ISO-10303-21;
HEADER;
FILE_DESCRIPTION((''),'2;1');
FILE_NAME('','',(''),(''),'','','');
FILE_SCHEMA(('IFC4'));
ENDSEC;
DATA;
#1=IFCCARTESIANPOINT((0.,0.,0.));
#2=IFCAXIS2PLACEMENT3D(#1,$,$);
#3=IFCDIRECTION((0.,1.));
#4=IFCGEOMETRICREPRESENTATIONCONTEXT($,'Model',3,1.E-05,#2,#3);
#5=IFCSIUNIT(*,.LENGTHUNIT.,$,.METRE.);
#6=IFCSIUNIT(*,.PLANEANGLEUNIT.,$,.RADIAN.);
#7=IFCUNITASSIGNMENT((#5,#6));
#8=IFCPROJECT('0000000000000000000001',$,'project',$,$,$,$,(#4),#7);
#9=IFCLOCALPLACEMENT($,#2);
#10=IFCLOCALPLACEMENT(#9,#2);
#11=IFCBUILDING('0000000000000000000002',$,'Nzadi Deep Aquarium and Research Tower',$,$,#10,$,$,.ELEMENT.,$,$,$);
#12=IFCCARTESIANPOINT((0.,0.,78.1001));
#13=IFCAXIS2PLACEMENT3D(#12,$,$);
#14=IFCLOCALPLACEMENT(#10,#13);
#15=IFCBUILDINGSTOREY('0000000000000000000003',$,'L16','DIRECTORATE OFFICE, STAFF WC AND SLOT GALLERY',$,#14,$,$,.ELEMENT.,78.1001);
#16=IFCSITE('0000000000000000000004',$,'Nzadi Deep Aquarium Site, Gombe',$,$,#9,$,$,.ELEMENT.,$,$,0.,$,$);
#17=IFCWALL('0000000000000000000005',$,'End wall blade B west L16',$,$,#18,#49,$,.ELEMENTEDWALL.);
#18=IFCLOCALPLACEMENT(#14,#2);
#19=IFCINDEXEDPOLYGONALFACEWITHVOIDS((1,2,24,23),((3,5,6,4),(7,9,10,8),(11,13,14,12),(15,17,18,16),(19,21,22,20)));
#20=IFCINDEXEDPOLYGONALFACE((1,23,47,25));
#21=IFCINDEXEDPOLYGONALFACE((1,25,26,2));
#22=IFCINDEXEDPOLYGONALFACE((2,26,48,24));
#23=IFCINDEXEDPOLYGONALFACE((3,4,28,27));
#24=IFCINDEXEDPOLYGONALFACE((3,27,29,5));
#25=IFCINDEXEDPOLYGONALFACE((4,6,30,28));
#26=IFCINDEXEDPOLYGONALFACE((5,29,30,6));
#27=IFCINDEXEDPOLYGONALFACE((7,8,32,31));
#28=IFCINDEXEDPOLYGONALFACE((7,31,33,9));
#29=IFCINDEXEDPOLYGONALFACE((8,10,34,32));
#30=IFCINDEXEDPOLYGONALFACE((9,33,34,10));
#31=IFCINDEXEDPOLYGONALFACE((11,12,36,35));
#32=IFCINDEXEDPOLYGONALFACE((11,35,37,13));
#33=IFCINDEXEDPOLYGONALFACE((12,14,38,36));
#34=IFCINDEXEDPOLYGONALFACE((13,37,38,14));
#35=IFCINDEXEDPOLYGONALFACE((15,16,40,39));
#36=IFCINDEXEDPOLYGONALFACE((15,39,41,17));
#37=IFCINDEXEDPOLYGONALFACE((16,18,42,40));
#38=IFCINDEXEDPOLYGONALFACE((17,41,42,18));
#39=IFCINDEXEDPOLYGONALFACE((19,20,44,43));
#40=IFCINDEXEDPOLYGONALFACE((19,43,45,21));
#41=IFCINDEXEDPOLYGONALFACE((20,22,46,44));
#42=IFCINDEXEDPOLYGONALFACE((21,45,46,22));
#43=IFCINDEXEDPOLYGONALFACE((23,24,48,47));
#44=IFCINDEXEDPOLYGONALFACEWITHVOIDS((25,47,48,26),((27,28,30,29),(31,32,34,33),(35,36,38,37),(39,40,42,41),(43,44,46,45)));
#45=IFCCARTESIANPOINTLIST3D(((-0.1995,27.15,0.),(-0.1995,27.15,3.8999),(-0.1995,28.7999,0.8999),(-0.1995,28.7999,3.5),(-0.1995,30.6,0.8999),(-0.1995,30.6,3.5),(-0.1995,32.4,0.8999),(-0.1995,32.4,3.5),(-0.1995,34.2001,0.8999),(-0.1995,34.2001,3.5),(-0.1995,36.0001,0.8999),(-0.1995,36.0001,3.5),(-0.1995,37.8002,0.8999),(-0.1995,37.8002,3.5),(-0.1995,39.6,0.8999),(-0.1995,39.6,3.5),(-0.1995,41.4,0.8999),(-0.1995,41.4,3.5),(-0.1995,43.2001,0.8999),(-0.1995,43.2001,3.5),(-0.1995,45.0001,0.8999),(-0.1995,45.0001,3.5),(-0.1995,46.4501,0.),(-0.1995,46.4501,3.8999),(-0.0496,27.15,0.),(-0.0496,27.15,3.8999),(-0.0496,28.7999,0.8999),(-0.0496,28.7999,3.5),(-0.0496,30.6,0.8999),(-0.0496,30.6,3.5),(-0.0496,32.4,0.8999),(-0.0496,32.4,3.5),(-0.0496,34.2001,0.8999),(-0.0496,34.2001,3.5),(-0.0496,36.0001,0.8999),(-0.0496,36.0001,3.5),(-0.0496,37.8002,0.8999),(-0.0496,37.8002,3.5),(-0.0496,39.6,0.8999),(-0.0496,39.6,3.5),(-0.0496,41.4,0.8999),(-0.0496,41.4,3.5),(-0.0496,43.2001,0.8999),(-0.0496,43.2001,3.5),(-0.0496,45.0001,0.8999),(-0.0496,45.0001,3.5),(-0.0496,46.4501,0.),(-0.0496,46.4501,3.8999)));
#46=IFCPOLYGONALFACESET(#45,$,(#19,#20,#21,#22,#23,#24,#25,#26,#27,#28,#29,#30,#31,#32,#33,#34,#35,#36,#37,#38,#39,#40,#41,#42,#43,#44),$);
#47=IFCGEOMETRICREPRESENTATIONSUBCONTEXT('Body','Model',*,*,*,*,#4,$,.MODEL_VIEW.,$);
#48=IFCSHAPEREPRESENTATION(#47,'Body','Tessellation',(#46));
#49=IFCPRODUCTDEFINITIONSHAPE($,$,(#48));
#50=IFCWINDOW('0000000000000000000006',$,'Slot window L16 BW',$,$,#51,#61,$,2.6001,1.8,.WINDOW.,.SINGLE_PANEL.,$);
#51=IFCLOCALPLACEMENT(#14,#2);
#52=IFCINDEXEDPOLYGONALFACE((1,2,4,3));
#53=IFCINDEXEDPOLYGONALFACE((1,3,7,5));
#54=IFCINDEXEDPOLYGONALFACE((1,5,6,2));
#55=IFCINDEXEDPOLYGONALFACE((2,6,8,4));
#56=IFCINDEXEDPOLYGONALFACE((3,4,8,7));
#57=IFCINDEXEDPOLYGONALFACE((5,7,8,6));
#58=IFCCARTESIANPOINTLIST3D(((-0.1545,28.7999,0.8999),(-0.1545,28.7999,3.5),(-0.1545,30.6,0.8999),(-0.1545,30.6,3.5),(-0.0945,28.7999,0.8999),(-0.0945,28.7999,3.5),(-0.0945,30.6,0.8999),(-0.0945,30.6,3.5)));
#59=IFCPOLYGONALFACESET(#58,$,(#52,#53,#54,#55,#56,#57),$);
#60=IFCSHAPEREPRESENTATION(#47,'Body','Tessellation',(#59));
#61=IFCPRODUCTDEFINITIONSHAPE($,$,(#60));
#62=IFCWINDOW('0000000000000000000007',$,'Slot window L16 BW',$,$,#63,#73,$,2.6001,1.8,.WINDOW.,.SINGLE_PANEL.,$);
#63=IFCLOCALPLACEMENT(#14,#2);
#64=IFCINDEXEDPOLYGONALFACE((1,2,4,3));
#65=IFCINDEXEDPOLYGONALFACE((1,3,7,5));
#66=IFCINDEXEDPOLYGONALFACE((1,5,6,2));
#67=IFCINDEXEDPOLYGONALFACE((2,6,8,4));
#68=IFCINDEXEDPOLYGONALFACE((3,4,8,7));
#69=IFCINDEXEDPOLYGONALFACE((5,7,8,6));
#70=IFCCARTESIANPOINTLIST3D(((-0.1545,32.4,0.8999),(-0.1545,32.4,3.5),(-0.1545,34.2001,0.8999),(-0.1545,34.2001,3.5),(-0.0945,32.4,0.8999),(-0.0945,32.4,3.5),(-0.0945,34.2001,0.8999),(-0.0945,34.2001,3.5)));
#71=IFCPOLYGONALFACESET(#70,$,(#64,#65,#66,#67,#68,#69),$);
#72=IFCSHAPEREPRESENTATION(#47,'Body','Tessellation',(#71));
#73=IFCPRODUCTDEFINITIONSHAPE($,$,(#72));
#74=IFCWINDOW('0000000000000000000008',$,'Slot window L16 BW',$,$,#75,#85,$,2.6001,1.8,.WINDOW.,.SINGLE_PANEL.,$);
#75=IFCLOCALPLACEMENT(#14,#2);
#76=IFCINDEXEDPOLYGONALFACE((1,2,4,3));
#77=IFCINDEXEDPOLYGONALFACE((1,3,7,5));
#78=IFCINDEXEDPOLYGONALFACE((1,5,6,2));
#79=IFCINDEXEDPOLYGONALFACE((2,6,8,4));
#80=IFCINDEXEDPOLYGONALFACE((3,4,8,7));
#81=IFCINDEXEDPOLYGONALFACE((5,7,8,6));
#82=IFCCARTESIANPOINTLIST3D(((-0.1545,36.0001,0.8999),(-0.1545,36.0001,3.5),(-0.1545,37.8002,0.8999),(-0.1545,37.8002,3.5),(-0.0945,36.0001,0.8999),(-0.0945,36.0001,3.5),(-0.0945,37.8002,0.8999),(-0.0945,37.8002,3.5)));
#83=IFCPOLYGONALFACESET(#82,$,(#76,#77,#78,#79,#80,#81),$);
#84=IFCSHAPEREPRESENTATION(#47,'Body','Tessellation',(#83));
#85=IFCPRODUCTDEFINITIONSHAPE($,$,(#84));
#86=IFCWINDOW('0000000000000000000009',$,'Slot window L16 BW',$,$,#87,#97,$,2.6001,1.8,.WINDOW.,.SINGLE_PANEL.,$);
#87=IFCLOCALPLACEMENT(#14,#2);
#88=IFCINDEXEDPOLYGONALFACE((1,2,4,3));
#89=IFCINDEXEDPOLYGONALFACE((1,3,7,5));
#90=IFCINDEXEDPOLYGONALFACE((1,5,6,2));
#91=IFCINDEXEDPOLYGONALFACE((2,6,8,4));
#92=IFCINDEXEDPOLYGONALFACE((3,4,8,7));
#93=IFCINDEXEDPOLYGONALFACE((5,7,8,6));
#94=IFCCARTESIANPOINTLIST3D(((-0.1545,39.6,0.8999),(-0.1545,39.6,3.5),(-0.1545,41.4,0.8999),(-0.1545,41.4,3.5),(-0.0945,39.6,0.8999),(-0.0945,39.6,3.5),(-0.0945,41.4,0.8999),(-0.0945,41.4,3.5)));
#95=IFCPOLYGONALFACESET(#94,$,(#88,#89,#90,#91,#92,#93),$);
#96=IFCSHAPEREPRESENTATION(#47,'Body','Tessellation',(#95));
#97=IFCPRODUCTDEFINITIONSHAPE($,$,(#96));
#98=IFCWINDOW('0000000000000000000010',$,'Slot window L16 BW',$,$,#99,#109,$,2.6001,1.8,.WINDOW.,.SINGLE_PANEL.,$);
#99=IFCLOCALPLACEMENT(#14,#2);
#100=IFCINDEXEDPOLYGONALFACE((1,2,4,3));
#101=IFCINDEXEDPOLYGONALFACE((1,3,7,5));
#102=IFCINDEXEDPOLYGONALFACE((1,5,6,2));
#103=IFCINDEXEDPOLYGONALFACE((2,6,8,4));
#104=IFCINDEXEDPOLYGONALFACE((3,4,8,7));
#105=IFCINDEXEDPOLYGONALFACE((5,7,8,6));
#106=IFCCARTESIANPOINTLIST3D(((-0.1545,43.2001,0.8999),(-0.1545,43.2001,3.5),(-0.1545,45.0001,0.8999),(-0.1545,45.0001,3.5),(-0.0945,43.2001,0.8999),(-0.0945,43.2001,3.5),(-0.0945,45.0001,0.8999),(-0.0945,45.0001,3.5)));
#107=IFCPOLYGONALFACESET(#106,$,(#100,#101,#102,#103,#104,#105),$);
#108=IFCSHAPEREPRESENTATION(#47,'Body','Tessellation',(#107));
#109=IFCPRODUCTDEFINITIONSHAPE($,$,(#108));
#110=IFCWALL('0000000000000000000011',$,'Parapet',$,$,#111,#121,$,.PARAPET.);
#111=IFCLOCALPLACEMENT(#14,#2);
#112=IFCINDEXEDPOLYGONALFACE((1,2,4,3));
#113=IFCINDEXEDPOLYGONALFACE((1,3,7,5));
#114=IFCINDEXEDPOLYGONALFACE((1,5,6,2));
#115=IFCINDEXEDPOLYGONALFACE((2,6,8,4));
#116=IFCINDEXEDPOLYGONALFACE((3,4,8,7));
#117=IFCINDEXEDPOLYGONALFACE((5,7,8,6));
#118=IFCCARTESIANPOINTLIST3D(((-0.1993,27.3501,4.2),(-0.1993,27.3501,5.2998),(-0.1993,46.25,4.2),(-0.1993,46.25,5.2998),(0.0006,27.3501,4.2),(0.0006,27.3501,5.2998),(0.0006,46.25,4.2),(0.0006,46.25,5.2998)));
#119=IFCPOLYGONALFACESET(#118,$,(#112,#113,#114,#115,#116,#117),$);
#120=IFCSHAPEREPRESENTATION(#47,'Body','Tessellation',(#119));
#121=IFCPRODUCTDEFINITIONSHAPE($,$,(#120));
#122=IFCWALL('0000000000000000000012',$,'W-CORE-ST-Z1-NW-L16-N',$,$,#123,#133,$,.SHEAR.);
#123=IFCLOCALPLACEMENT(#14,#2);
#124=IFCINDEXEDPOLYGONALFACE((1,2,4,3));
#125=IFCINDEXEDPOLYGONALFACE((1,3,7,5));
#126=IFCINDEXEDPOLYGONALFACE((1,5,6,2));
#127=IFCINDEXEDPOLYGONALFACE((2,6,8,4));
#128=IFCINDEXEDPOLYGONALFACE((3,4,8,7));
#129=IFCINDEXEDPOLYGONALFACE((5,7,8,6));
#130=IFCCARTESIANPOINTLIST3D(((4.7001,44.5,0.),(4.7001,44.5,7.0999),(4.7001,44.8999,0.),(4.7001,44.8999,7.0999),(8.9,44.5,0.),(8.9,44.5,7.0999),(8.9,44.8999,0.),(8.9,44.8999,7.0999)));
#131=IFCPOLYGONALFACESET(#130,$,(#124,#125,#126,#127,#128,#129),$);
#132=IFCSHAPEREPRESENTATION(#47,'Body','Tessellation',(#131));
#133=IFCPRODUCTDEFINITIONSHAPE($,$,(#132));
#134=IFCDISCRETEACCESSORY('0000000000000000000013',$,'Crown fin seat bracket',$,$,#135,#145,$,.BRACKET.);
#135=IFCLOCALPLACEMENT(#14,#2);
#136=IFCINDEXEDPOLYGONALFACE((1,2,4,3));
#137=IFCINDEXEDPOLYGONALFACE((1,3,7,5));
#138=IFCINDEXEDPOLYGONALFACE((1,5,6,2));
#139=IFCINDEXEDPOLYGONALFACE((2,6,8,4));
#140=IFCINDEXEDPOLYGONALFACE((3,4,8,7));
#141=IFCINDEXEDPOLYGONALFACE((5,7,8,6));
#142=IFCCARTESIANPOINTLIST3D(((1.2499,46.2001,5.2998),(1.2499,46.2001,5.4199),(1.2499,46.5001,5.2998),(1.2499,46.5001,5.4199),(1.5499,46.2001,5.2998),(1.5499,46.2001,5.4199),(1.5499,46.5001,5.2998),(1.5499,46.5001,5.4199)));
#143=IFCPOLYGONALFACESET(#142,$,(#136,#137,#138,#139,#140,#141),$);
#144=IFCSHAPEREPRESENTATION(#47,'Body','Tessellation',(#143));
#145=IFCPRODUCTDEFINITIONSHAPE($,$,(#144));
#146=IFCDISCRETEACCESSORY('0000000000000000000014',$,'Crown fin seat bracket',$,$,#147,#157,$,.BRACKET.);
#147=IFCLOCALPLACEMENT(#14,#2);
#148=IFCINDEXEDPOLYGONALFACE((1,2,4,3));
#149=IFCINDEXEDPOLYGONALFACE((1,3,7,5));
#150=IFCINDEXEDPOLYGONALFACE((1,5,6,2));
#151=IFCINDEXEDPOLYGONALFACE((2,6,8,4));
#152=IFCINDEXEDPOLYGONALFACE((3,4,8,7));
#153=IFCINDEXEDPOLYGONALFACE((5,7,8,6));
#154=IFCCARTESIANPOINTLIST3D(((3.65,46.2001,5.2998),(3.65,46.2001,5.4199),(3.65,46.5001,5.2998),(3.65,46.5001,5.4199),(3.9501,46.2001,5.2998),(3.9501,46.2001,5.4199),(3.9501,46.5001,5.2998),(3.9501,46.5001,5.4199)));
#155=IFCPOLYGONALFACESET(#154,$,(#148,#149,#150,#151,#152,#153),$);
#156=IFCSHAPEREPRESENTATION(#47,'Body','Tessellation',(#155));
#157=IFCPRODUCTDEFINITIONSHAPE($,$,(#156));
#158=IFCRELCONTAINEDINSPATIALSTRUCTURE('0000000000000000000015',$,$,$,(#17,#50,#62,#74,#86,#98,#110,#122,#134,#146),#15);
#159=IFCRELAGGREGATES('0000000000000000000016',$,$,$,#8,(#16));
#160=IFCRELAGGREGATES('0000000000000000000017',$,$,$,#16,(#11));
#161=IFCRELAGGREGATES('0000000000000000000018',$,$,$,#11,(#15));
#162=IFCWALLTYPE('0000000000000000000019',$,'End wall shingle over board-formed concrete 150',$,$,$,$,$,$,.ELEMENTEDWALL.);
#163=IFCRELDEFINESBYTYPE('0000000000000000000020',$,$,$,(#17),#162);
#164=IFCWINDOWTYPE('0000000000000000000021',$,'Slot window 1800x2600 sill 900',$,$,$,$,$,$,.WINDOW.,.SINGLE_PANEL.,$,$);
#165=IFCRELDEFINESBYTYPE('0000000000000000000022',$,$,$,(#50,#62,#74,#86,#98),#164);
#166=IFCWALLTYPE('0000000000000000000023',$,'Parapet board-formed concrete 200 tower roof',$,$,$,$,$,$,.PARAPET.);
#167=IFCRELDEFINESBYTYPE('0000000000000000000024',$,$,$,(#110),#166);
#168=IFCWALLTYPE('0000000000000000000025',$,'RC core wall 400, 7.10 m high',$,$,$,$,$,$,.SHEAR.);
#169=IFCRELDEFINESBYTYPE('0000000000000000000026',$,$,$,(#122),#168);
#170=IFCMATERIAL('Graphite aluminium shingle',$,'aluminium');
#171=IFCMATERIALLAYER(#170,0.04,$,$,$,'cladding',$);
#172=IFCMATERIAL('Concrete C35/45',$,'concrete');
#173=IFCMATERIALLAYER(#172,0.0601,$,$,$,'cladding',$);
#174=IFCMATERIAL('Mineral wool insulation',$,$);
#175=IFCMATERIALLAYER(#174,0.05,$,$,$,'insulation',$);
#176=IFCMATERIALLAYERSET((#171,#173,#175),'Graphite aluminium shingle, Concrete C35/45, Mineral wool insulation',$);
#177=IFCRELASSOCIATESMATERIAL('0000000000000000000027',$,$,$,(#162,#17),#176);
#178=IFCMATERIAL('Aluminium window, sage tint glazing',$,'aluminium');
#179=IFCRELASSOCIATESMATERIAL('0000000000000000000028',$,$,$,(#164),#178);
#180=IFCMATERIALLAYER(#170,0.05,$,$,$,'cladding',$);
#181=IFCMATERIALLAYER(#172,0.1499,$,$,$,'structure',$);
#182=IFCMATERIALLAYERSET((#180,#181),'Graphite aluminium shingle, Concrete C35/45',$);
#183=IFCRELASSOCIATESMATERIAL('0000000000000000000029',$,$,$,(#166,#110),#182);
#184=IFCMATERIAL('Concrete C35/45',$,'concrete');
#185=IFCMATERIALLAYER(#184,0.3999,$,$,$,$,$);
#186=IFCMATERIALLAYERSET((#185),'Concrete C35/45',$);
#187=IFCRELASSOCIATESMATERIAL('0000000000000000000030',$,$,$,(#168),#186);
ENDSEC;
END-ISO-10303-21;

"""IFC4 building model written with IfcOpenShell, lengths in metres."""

from ifc_helpers import new_model, si_unit, direction, frame, frame_2d, origin, origin_2d, place, context, subcontext, project, spatial, rectangle, extrude, material, layer, layer_set, layer_usage, type_object, element, fill, save


model = new_model("IFC4")

# Units and contexts
model_context = context("Model", 3, precision=1e-05, world=origin(), true_north=direction((0.0, 1.0)))
body_context = subcontext(model_context, "Body", "Model", "MODEL_VIEW")
ifc_project = project(units=[si_unit("LENGTHUNIT", "METRE"), si_unit("PLANEANGLEUNIT", "RADIAN")], contexts=[model_context])

# Site, building, storey
site_placement = place(None, origin())
site = spatial("IfcSite", under=ifc_project, at=site_placement, Name="Nzadi Deep Aquarium Site, Gombe", CompositionType="ELEMENT", RefElevation=0.0)
building_placement = place(site_placement, origin())
building = spatial("IfcBuilding", under=site, at=building_placement, Name="Nzadi Deep Aquarium and Research Tower", CompositionType="ELEMENT")
storey_placement = place(building_placement, frame((0.0, 0.0, 78.1001)))
storey = spatial("IfcBuildingStorey", under=building, at=storey_placement, Name="L16", Description="DIRECTORATE OFFICE, STAFF WC AND SLOT GALLERY", CompositionType="ELEMENT", Elevation=78.1001)

# Wall, openings, windows
ifc_material_1 = material(Name="Graphite aluminium shingle", Category="aluminium")
ifc_layer_1 = layer(ifc_material_1, 0.04, Category="cladding")
ifc_material_2 = material(Name="Concrete C35/45", Category="concrete")
ifc_layer_2 = layer(ifc_material_2, 0.0601, Category="cladding")
ifc_material_3 = material(Name="Mineral wool insulation")
ifc_layer_3 = layer(ifc_material_3, 0.05, Category="insulation")
ifc_layer_set_1 = layer_set([ifc_layer_1, ifc_layer_2, ifc_layer_3], Name="Graphite aluminium shingle, Concrete C35/45, Mineral wool insulation")
ifc_layer_usage_1 = layer_usage(ifc_layer_set_1, "AXIS2", "POSITIVE", -0.075)
wall_type_1 = type_object("IfcWallType", Name="End wall shingle over board-formed concrete 150", PredefinedType="ELEMENTEDWALL", material=ifc_layer_set_1)
wall_1_placement = place(storey_placement, frame((-0.1245, 46.45, 0.0), z_axis=(0.0, 0.0, 1.0), x_axis=(0.0, -1.0, 0.0)))
wall_1 = element("IfcWall", 1, at=wall_1_placement, inside=storey, type_object=wall_type_1, material=ifc_layer_usage_1, Name="End wall blade B west L16", PredefinedType="ELEMENTEDWALL", context=body_context, shape_type="SweptSolid", body=[
    extrude(rectangle(XDim=19.3, YDim=0.1499, at=frame_2d((9.6499, 0.0))), origin(), (0.0, 0.0, 1.0), 3.8999),
])
opening_1_placement = place(wall_1_placement, frame((15.8501, 0.0, 0.8999)))
opening_1 = element("IfcOpeningElement", 2, at=opening_1_placement, cuts=wall_1, PredefinedType="OPENING", context=body_context, shape_type="SweptSolid", body=[
    extrude(rectangle(XDim=1.8, YDim=2.6001, at=frame_2d((0.8999, 1.3))), frame((0.0, 0.085, 0.0), z_axis=(0.0, -1.0, 0.0), x_axis=(1.0, 0.0, 0.0)), (0.0, 0.0, 1.0), 0.1699),
])
opening_2_placement = place(wall_1_placement, frame((12.25, 0.0, 0.8999)))
opening_2 = element("IfcOpeningElement", 3, at=opening_2_placement, cuts=wall_1, PredefinedType="OPENING", context=body_context, shape_type="SweptSolid", body=[
    extrude(rectangle(XDim=1.8, YDim=2.6001, at=frame_2d((0.8999, 1.3))), frame((0.0, 0.085, 0.0), z_axis=(0.0, -1.0, 0.0), x_axis=(1.0, 0.0, 0.0)), (0.0, 0.0, 1.0), 0.1699),
])
opening_3_placement = place(wall_1_placement, frame((8.6499, 0.0, 0.8999)))
opening_3 = element("IfcOpeningElement", 4, at=opening_3_placement, cuts=wall_1, PredefinedType="OPENING", context=body_context, shape_type="SweptSolid", body=[
    extrude(rectangle(XDim=1.8, YDim=2.6001, at=frame_2d((0.8999, 1.3))), frame((0.0, 0.085, 0.0), z_axis=(0.0, -1.0, 0.0), x_axis=(1.0, 0.0, 0.0)), (0.0, 0.0, 1.0), 0.1699),
])
opening_4_placement = place(wall_1_placement, frame((5.05, 0.0, 0.8999)))
opening_4 = element("IfcOpeningElement", 5, at=opening_4_placement, cuts=wall_1, PredefinedType="OPENING", context=body_context, shape_type="SweptSolid", body=[
    extrude(rectangle(XDim=1.8, YDim=2.6001, at=frame_2d((0.8999, 1.3))), frame((0.0, 0.085, 0.0), z_axis=(0.0, -1.0, 0.0), x_axis=(1.0, 0.0, 0.0)), (0.0, 0.0, 1.0), 0.1699),
])
opening_5_placement = place(wall_1_placement, frame((1.45, 0.0, 0.8999)))
opening_5 = element("IfcOpeningElement", 6, at=opening_5_placement, cuts=wall_1, PredefinedType="OPENING", context=body_context, shape_type="SweptSolid", body=[
    extrude(rectangle(XDim=1.8, YDim=2.6001, at=frame_2d((0.8999, 1.3))), frame((0.0, 0.085, 0.0), z_axis=(0.0, -1.0, 0.0), x_axis=(1.0, 0.0, 0.0)), (0.0, 0.0, 1.0), 0.1699),
])
ifc_material_4 = material(Name="Aluminium window, sage tint glazing", Category="aluminium")
window_type = type_object("IfcWindowType", Name="Slot window 1800x2600 sill 900", PartitioningType="SINGLE_PANEL", PredefinedType="WINDOW", material=ifc_material_4)
window_1_placement = place(opening_1_placement, origin())
window_1 = element("IfcWindow", 7, at=window_1_placement, inside=storey, type_object=window_type, Name="Slot window L16 BW", OverallHeight=2.6001, OverallWidth=1.8, PartitioningType="SINGLE_PANEL", PredefinedType="WINDOW", context=body_context, shape_type="SweptSolid", body=[
    extrude(rectangle(XDim=1.8, YDim=2.6001, at=frame_2d((0.8999, 1.3))), frame((0.0, 0.03, 0.0), z_axis=(0.0, -1.0, 0.0), x_axis=(1.0, 0.0, 0.0)), (0.0, 0.0, 1.0), 0.0601),
])
fill(opening_1, window_1)
window_2_placement = place(opening_2_placement, origin())
window_2 = element("IfcWindow", 8, at=window_2_placement, inside=storey, type_object=window_type, Name="Slot window L16 BW", OverallHeight=2.6001, OverallWidth=1.8, PartitioningType="SINGLE_PANEL", PredefinedType="WINDOW", context=body_context, shape_type="SweptSolid", body=[
    extrude(rectangle(XDim=1.8, YDim=2.6001, at=frame_2d((0.8999, 1.3))), frame((0.0, 0.03, 0.0), z_axis=(0.0, -1.0, 0.0), x_axis=(1.0, 0.0, 0.0)), (0.0, 0.0, 1.0), 0.0601),
])
fill(opening_2, window_2)
window_3_placement = place(opening_3_placement, origin())
window_3 = element("IfcWindow", 9, at=window_3_placement, inside=storey, type_object=window_type, Name="Slot window L16 BW", OverallHeight=2.6001, OverallWidth=1.8, PartitioningType="SINGLE_PANEL", PredefinedType="WINDOW", context=body_context, shape_type="SweptSolid", body=[
    extrude(rectangle(XDim=1.8, YDim=2.6001, at=frame_2d((0.8999, 1.3))), frame((0.0, 0.03, 0.0), z_axis=(0.0, -1.0, 0.0), x_axis=(1.0, 0.0, 0.0)), (0.0, 0.0, 1.0), 0.0601),
])
fill(opening_3, window_3)
window_4_placement = place(opening_4_placement, origin())
window_4 = element("IfcWindow", 10, at=window_4_placement, inside=storey, type_object=window_type, Name="Slot window L16 BW", OverallHeight=2.6001, OverallWidth=1.8, PartitioningType="SINGLE_PANEL", PredefinedType="WINDOW", context=body_context, shape_type="SweptSolid", body=[
    extrude(rectangle(XDim=1.8, YDim=2.6001, at=frame_2d((0.8999, 1.3))), frame((0.0, 0.03, 0.0), z_axis=(0.0, -1.0, 0.0), x_axis=(1.0, 0.0, 0.0)), (0.0, 0.0, 1.0), 0.0601),
])
fill(opening_4, window_4)
window_5_placement = place(opening_5_placement, origin())
window_5 = element("IfcWindow", 11, at=window_5_placement, inside=storey, type_object=window_type, Name="Slot window L16 BW", OverallHeight=2.6001, OverallWidth=1.8, PartitioningType="SINGLE_PANEL", PredefinedType="WINDOW", context=body_context, shape_type="SweptSolid", body=[
    extrude(rectangle(XDim=1.8, YDim=2.6001, at=frame_2d((0.8999, 1.3))), frame((0.0, 0.03, 0.0), z_axis=(0.0, -1.0, 0.0), x_axis=(1.0, 0.0, 0.0)), (0.0, 0.0, 1.0), 0.0601),
])
fill(opening_5, window_5)

# Walls
ifc_layer_4 = layer(ifc_material_1, 0.05, Category="cladding")
ifc_layer_5 = layer(ifc_material_2, 0.1499, Category="structure")
ifc_layer_set_2 = layer_set([ifc_layer_4, ifc_layer_5], Name="Graphite aluminium shingle, Concrete C35/45")
ifc_layer_usage_2 = layer_usage(ifc_layer_set_2, "AXIS2", "POSITIVE", -0.1)
wall_type_2 = type_object("IfcWallType", Name="Parapet board-formed concrete 200 tower roof", PredefinedType="PARAPET", material=ifc_layer_set_2)
wall_2_placement = place(storey_placement, frame((-0.0994, 46.25, 4.2), z_axis=(0.0, 0.0, 1.0), x_axis=(0.0, -1.0, 0.0)))
element("IfcWall", 12, at=wall_2_placement, inside=storey, type_object=wall_type_2, material=ifc_layer_usage_2, Name="Parapet", PredefinedType="PARAPET", context=body_context, shape_type="SweptSolid", body=[
    extrude(rectangle(XDim=18.8999, YDim=0.2, at=frame_2d((9.45, 0.0))), origin(), (0.0, 0.0, 1.0), 1.0999),
])
ifc_material_5 = material(Name="Concrete C35/45", Category="concrete")
ifc_layer_6 = layer(ifc_material_5, 0.3999)
ifc_layer_set_3 = layer_set([ifc_layer_6], Name="Concrete C35/45")
wall_type_3 = type_object("IfcWallType", Name="RC core wall 400, 7.10 m high", PredefinedType="SHEAR", material=ifc_layer_set_3)
wall_3_placement = place(storey_placement, frame((4.7, 44.7, 0.0), z_axis=(0.0, 0.0, 1.0), x_axis=(1.0, 0.0, 0.0)))
element("IfcWall", 13, at=wall_3_placement, inside=storey, type_object=wall_type_3, Name="W-CORE-ST-Z1-NW-L16-N", PredefinedType="SHEAR", context=body_context, shape_type="SweptSolid", body=[
    extrude(rectangle(XDim=4.2, YDim=0.3999, at=frame_2d((2.1001, 0.0))), origin(), (0.0, 0.0, 1.0), 7.0999),
])

# Discrete accessories
for number, where, z_axis, x_axis, name in (
    (14, (1.3999, 46.3501, 5.2998), (0.0, 0.0, 1.0), (1.0, 0.0, 0.0), "Crown fin seat bracket"),
    (15, (3.8, 46.3501, 5.2998), (0.0, 0.0, 1.0), (1.0, 0.0, 0.0), "Crown fin seat bracket"),
):
    element("IfcDiscreteAccessory", number, at=place(storey_placement, frame(where, z_axis=z_axis, x_axis=x_axis)), inside=storey, Name=name, PredefinedType="BRACKET", context=body_context, shape_type="SweptSolid", body=[
        extrude(rectangle(XDim=0.3, YDim=0.3, at=origin_2d()), origin(), (0.0, 0.0, 1.0), 0.1201),
    ])

save(model, "model.ifc")
